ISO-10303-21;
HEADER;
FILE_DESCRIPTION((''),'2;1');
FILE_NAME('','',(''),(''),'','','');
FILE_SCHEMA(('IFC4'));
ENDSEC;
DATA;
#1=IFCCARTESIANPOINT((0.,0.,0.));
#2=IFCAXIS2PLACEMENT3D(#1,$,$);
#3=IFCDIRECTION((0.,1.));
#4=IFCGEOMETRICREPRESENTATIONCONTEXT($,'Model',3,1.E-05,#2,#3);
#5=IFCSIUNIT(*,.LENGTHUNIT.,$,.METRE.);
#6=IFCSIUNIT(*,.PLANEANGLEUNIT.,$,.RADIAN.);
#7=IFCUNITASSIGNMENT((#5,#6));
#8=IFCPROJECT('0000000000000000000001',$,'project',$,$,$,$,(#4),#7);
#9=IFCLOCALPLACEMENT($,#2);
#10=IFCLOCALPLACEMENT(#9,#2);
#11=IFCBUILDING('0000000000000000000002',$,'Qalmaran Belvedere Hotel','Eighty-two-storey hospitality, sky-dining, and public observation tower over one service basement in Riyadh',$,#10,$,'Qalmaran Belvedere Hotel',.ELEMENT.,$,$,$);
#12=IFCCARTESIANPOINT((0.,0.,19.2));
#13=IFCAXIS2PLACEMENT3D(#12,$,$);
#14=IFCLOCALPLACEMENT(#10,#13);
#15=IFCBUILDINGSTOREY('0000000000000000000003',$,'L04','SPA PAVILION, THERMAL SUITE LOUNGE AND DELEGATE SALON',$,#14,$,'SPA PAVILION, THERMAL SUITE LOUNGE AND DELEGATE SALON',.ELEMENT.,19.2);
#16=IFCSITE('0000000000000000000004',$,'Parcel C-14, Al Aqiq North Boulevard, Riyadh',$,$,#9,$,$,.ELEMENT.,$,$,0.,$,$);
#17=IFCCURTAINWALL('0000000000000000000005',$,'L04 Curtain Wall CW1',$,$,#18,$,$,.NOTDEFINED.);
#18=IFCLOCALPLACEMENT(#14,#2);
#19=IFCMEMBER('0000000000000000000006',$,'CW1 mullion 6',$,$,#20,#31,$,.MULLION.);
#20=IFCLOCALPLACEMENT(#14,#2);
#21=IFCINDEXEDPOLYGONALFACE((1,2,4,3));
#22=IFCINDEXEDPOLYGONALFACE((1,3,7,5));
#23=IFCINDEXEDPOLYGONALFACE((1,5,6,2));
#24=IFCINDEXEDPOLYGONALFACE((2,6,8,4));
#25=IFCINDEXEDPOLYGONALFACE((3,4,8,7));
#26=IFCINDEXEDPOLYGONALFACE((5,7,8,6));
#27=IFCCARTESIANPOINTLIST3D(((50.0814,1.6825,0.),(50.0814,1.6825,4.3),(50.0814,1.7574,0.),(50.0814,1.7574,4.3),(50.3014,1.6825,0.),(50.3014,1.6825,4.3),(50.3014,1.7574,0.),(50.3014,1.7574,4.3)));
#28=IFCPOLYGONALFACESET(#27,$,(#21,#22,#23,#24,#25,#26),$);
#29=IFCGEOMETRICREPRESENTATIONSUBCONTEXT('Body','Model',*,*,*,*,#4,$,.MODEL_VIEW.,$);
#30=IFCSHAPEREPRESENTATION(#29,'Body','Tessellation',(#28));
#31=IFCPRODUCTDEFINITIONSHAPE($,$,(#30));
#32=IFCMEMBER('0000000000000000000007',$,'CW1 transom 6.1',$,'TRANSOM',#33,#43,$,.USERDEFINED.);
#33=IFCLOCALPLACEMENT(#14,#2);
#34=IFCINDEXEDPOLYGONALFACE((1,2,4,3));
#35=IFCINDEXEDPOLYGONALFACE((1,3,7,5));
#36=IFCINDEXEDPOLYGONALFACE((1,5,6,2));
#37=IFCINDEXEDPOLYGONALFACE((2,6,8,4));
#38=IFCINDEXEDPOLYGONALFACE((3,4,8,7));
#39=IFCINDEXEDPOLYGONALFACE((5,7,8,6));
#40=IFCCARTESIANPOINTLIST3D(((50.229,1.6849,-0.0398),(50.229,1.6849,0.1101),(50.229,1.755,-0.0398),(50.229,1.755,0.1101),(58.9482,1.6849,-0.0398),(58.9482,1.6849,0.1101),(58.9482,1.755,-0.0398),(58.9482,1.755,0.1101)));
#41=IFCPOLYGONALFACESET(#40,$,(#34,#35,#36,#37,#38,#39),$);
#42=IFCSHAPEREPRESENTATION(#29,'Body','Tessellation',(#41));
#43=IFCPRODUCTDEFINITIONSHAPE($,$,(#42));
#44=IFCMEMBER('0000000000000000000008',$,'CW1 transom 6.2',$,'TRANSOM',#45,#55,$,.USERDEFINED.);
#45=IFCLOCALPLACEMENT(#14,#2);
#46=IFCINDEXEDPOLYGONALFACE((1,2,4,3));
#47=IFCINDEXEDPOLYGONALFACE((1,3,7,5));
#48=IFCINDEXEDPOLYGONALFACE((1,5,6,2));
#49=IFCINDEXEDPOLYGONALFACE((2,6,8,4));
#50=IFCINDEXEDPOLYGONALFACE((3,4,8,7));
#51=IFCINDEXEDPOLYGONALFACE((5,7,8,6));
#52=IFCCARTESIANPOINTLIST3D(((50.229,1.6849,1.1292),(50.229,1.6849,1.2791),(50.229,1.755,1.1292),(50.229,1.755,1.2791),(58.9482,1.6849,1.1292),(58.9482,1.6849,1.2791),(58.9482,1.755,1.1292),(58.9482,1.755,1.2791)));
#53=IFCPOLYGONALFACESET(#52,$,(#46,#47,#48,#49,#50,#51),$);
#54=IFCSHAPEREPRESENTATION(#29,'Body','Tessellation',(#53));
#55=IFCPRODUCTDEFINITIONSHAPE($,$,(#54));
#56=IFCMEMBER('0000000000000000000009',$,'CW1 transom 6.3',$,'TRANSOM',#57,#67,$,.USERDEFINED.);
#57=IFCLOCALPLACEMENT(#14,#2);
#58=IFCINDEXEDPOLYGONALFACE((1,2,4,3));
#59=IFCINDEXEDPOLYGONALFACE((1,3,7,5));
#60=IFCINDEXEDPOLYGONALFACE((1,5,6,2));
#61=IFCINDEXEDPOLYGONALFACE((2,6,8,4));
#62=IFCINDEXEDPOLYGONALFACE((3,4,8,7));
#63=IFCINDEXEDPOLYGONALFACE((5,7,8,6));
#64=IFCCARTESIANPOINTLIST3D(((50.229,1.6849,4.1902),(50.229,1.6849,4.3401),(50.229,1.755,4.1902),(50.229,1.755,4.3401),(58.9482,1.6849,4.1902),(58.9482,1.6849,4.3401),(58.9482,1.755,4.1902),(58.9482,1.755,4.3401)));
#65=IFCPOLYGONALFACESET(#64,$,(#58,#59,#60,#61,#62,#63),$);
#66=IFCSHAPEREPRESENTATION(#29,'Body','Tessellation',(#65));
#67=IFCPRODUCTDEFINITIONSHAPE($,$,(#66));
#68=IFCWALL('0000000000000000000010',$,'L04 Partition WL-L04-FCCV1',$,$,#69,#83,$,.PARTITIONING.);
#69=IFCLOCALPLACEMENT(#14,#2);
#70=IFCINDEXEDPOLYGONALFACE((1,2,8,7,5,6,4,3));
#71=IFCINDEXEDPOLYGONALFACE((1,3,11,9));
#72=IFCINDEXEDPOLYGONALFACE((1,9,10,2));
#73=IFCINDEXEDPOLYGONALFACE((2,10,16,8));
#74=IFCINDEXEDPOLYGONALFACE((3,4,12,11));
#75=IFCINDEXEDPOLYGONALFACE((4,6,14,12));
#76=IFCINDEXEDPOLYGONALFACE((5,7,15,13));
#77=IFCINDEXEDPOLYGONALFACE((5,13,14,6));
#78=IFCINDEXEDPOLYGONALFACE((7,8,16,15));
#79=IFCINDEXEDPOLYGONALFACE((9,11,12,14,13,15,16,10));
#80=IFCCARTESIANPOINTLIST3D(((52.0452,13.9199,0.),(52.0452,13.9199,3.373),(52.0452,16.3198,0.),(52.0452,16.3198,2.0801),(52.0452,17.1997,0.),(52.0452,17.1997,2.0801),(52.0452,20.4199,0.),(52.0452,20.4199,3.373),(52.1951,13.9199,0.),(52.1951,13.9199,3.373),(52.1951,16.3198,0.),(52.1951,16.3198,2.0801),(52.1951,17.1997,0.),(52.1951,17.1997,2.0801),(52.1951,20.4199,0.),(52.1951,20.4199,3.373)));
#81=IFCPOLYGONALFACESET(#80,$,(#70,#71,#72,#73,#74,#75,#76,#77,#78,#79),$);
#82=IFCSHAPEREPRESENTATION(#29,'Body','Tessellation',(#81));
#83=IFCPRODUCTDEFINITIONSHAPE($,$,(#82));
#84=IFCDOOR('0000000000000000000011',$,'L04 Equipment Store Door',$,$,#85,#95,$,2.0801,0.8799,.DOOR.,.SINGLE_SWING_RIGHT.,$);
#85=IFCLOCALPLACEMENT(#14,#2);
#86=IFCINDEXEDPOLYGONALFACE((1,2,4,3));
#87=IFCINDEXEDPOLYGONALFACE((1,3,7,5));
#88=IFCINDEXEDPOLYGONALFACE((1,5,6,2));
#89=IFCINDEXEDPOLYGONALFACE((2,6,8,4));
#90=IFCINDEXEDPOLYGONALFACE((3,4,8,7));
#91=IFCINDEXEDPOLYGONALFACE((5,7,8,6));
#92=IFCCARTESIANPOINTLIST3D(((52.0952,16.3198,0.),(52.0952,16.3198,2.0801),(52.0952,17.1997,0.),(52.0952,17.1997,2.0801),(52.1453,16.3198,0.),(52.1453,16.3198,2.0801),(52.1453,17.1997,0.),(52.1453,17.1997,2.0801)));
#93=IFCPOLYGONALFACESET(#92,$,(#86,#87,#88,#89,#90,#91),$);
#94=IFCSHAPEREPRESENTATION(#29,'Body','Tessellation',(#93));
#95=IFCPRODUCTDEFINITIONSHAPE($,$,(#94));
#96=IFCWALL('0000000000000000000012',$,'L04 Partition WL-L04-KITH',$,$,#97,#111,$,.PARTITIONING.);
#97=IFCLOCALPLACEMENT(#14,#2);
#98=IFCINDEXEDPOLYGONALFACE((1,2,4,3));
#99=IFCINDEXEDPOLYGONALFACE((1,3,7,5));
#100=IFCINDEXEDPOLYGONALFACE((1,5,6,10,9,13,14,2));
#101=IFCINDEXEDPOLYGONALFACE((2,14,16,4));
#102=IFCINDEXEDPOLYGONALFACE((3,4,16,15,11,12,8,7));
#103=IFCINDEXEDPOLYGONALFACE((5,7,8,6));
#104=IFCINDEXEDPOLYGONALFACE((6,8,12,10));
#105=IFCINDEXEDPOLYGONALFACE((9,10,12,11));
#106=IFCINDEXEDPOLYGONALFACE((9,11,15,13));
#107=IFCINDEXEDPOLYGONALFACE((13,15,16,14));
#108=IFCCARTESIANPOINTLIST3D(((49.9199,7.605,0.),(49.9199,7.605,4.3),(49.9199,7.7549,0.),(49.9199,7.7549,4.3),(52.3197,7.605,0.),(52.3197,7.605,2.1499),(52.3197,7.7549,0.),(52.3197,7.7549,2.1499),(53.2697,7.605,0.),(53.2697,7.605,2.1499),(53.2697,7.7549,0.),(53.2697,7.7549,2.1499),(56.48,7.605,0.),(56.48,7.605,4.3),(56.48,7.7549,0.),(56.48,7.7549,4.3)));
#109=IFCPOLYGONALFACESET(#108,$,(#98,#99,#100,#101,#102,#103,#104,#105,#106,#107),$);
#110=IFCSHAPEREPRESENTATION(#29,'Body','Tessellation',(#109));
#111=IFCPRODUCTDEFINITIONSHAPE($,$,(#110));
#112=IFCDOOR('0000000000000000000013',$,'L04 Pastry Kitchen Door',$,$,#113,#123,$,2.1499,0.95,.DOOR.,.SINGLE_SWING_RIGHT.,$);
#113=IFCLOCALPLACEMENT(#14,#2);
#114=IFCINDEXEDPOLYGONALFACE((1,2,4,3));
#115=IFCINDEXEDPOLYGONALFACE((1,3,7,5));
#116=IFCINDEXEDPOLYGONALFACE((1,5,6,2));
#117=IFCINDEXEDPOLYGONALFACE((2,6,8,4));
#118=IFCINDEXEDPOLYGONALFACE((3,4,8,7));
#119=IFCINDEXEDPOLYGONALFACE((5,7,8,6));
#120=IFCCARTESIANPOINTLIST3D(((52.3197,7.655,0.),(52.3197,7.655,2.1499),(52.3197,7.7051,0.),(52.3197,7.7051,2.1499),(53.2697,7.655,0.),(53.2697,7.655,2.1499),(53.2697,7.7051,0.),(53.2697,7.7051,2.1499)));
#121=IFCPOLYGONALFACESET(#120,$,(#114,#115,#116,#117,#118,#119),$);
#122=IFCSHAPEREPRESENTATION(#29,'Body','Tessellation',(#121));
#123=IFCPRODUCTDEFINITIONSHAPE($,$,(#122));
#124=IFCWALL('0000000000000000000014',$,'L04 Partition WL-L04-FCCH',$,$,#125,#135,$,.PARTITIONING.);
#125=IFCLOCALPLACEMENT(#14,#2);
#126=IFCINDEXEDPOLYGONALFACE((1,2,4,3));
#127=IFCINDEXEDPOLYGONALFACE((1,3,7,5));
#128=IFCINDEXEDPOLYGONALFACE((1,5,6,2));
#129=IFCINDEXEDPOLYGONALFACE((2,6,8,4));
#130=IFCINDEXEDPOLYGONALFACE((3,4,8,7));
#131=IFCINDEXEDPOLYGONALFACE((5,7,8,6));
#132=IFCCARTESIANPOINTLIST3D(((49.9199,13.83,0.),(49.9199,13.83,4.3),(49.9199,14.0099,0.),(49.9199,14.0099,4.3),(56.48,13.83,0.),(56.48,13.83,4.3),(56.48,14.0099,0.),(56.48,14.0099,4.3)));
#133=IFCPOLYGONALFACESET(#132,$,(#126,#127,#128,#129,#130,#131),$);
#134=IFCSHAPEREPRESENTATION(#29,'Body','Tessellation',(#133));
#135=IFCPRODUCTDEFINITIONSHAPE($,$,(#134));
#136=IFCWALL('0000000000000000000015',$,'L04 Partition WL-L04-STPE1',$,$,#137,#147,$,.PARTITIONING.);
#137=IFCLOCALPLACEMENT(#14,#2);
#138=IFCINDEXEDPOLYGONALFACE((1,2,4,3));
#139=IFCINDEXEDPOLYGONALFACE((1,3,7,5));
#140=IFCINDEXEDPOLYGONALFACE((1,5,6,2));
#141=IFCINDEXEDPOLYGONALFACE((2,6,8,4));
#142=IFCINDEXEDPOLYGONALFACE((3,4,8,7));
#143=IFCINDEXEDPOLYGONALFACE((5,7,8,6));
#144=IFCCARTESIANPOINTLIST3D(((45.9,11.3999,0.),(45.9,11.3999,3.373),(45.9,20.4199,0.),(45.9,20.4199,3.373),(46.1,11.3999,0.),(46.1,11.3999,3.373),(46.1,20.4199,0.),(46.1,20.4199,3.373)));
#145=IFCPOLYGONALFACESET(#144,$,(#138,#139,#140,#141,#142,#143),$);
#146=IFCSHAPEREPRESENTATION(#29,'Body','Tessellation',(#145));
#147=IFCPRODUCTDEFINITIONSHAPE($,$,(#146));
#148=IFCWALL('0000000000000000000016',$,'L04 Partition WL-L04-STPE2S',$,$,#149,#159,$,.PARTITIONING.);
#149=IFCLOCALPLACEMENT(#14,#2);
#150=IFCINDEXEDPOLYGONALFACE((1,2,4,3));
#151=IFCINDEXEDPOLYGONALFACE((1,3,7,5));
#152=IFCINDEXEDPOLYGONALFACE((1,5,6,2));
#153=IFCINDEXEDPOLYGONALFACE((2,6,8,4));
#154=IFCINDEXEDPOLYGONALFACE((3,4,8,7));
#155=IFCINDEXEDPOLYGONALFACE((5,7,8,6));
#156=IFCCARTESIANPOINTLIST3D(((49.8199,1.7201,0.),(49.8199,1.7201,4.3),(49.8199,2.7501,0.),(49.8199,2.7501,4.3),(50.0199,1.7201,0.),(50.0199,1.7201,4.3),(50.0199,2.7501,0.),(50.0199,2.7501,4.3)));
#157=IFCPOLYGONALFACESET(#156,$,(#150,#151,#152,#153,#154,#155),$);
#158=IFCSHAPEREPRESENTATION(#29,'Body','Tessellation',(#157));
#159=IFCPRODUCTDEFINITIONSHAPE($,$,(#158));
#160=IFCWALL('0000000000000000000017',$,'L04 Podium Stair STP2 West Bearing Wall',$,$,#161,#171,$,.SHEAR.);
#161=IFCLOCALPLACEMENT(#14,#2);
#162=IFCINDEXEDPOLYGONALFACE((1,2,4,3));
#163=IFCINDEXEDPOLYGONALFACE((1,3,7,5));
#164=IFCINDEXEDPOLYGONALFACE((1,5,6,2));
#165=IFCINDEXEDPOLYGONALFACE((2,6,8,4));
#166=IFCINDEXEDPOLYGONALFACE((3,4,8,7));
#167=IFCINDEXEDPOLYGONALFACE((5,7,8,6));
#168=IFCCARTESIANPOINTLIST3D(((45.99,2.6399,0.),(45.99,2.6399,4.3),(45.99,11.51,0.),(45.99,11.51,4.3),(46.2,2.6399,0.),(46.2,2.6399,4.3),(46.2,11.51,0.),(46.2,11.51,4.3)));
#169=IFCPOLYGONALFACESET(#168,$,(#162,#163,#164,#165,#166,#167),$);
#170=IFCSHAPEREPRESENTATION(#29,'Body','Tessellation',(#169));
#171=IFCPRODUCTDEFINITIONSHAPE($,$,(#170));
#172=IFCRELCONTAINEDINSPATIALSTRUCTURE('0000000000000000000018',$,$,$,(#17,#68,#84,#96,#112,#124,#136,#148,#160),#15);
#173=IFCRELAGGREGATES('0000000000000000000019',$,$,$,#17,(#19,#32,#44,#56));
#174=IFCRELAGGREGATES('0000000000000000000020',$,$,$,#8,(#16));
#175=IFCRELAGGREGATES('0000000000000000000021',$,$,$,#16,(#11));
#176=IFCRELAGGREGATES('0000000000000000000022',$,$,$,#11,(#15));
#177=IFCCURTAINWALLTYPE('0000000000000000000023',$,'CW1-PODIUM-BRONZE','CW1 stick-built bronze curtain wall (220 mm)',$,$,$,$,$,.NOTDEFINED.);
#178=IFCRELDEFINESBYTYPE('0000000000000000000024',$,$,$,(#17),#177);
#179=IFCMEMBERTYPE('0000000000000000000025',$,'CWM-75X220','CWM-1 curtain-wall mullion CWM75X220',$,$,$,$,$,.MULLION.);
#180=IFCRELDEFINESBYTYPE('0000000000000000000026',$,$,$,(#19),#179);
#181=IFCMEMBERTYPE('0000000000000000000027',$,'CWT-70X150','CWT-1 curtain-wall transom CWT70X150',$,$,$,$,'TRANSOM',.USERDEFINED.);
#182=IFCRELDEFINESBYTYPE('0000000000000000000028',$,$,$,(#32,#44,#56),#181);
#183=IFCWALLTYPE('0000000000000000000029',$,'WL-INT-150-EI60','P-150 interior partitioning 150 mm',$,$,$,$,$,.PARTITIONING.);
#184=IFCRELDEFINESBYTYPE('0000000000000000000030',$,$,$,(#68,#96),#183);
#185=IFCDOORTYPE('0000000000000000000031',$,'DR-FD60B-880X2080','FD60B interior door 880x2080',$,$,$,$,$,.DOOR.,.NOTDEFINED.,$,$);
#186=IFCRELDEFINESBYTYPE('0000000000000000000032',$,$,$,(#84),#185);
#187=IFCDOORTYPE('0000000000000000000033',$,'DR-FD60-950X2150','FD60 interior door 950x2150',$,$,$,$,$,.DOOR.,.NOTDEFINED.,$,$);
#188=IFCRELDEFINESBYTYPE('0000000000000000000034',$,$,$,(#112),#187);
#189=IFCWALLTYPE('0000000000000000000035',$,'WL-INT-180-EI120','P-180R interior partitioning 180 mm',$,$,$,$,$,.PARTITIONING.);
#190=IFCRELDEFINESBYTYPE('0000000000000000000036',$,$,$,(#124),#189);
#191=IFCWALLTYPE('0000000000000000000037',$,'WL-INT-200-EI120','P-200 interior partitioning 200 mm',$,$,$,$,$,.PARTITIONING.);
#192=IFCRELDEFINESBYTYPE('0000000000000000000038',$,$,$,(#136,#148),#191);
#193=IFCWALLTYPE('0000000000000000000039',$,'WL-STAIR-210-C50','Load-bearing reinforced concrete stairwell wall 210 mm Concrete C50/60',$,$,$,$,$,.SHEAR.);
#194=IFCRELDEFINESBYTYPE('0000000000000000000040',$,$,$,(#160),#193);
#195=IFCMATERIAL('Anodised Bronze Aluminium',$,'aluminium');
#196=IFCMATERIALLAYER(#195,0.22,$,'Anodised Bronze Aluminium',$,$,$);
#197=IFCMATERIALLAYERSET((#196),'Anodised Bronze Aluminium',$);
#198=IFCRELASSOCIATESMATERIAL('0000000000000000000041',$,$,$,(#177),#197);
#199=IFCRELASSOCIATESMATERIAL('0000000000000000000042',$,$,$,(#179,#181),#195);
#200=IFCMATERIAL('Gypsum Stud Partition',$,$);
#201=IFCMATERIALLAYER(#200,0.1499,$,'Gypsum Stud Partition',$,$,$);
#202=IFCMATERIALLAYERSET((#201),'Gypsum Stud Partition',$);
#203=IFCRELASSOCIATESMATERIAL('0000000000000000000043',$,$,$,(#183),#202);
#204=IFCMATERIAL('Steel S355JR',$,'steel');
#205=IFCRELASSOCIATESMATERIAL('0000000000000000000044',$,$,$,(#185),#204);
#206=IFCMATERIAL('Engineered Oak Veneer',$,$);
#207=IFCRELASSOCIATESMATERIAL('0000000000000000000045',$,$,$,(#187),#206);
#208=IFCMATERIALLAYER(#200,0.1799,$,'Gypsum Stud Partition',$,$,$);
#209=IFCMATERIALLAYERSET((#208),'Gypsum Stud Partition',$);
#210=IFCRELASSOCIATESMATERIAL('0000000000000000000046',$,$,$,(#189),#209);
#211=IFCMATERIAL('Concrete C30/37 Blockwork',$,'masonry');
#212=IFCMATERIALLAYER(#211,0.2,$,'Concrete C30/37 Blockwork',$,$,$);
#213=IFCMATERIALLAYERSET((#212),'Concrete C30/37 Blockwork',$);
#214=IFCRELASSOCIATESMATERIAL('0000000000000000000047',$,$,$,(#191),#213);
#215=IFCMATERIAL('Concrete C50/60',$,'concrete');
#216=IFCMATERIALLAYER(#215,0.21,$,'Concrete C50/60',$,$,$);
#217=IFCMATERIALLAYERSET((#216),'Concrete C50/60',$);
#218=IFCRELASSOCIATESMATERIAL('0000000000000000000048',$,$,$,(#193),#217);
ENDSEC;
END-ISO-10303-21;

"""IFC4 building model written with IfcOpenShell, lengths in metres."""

from ifc_helpers import new_model, si_unit, direction, frame, frame_2d, origin, origin_2d, place, context, subcontext, project, spatial, rectangle, extrude, material, layer, layer_set, material_profile, profile_set, type_object, element, fill, aggregate, save


model = new_model("IFC4")

# Units and contexts
model_context = context("Model", 3, precision=1e-05, world=origin(), true_north=direction((0.0, 1.0)))
body_context = subcontext(model_context, "Body", "Model", "MODEL_VIEW")
ifc_project = project(units=[si_unit("LENGTHUNIT", "METRE"), si_unit("PLANEANGLEUNIT", "RADIAN")], contexts=[model_context])

# Site, building, storey
site_placement = place(None, origin())
site = spatial("IfcSite", under=ifc_project, at=site_placement, Name="Parcel C-14, Al Aqiq North Boulevard, Riyadh", CompositionType="ELEMENT", RefElevation=0.0)
building_placement = place(site_placement, origin())
building = spatial("IfcBuilding", under=site, at=building_placement, Name="Qalmaran Belvedere Hotel", Description="Eighty-two-storey hospitality, sky-dining, and public observation tower over one service basement in Riyadh", LongName="Qalmaran Belvedere Hotel", CompositionType="ELEMENT")
storey_placement = place(building_placement, frame((0.0, 0.0, 19.2)))
storey = spatial("IfcBuildingStorey", under=building, at=storey_placement, Name="L04", Description="SPA PAVILION, THERMAL SUITE LOUNGE AND DELEGATE SALON", LongName="SPA PAVILION, THERMAL SUITE LOUNGE AND DELEGATE SALON", CompositionType="ELEMENT", Elevation=19.2)

# Curtain wall, members
ifc_material_1 = material(Name="Anodised Bronze Aluminium", Category="aluminium")
ifc_layer_1 = layer(ifc_material_1, 0.22, Name="Anodised Bronze Aluminium")
ifc_layer_set_1 = layer_set([ifc_layer_1], Name="Anodised Bronze Aluminium")
curtain_wall_type = type_object("IfcCurtainWallType", Name="CW1-PODIUM-BRONZE", Description="CW1 stick-built bronze curtain wall (220 mm)", PredefinedType="NOTDEFINED", material=ifc_layer_set_1)
curtain_wall_placement = place(storey_placement, origin())
curtain_wall = element("IfcCurtainWall", 1, at=curtain_wall_placement, inside=storey, type_object=curtain_wall_type, Name="L04 Curtain Wall CW1", PredefinedType="NOTDEFINED")
ifc_material_profile_1 = material_profile(ifc_material_1, rectangle(XDim=0.075, YDim=0.22, at=origin_2d()), Name="CWM75X220")
ifc_profile_set_1 = profile_set([ifc_material_profile_1], Name="Anodised Bronze Aluminium")
member_type_1 = type_object("IfcMemberType", Name="CWM-75X220", Description="CWM-1 curtain-wall mullion CWM75X220", PredefinedType="MULLION", material=ifc_profile_set_1)
member_1_placement = place(storey_placement, frame((50.1914, 1.72, 0.0), z_axis=(0.0, 0.0, 1.0), x_axis=(0.0, 1.0, 0.0)))
member_1 = element("IfcMember", 2, at=member_1_placement, type_object=member_type_1, Name="CW1 mullion 6", PredefinedType="MULLION", context=body_context, shape_type="SweptSolid", body=[
    extrude(rectangle(XDim=0.075, YDim=0.22, at=origin_2d()), origin(), (0.0, 0.0, 1.0), 4.3),
])
ifc_material_profile_2 = material_profile(ifc_material_1, rectangle(XDim=0.0701, YDim=0.1499, at=origin_2d()), Name="CWT70X150")
ifc_profile_set_2 = profile_set([ifc_material_profile_2], Name="Anodised Bronze Aluminium")
member_type_2 = type_object("IfcMemberType", Name="CWT-70X150", Description="CWT-1 curtain-wall transom CWT70X150", ElementType="TRANSOM", PredefinedType="USERDEFINED", material=ifc_profile_set_2)
member_2_placement = place(storey_placement, frame((50.229, 1.72, 0.0352), z_axis=(1.0, 0.0, 0.0), x_axis=(0.0, 1.0, 0.0)))
member_2 = element("IfcMember", 3, at=member_2_placement, type_object=member_type_2, Name="CW1 transom 6.1", ObjectType="TRANSOM", PredefinedType="USERDEFINED", context=body_context, shape_type="SweptSolid", body=[
    extrude(rectangle(XDim=0.0701, YDim=0.1499, at=origin_2d()), origin(), (0.0, 0.0, 1.0), 8.7192),
])
member_3_placement = place(storey_placement, frame((50.229, 1.72, 1.2041), z_axis=(1.0, 0.0, 0.0), x_axis=(0.0, 1.0, 0.0)))
member_3 = element("IfcMember", 4, at=member_3_placement, type_object=member_type_2, Name="CW1 transom 6.2", ObjectType="TRANSOM", PredefinedType="USERDEFINED", context=body_context, shape_type="SweptSolid", body=[
    extrude(rectangle(XDim=0.0701, YDim=0.1499, at=origin_2d()), origin(), (0.0, 0.0, 1.0), 8.7192),
])
member_4_placement = place(storey_placement, frame((50.229, 1.72, 4.2651), z_axis=(1.0, 0.0, 0.0), x_axis=(0.0, 1.0, 0.0)))
member_4 = element("IfcMember", 5, at=member_4_placement, type_object=member_type_2, Name="CW1 transom 6.3", ObjectType="TRANSOM", PredefinedType="USERDEFINED", context=body_context, shape_type="SweptSolid", body=[
    extrude(rectangle(XDim=0.0701, YDim=0.1499, at=origin_2d()), origin(), (0.0, 0.0, 1.0), 8.7192),
])
aggregate(curtain_wall, [member_1, member_2, member_3, member_4])

# Walls, openings, doors
ifc_material_2 = material(Name="Gypsum Stud Partition")
ifc_layer_2 = layer(ifc_material_2, 0.1499, Name="Gypsum Stud Partition")
ifc_layer_set_2 = layer_set([ifc_layer_2], Name="Gypsum Stud Partition")
wall_type_1 = type_object("IfcWallType", Name="WL-INT-150-EI60", Description="P-150 interior partitioning 150 mm", PredefinedType="PARTITIONING", material=ifc_layer_set_2)
wall_1_placement = place(storey_placement, frame((52.1201, 13.9199, 0.0), z_axis=(0.0, 0.0, 1.0), x_axis=(0.0, 1.0, 0.0)))
wall_1 = element("IfcWall", 6, at=wall_1_placement, inside=storey, type_object=wall_type_1, Name="L04 Partition WL-L04-FCCV1", PredefinedType="PARTITIONING", context=body_context, shape_type="SweptSolid", body=[
    extrude(rectangle(XDim=6.5, YDim=0.1499, at=frame_2d((3.25, 0.0))), origin(), (0.0, 0.0, 1.0), 3.373),
])
opening_1_placement = place(wall_1_placement, frame((2.3999, 0.0, 0.0)))
opening_1 = element("IfcOpeningElement", 7, at=opening_1_placement, cuts=wall_1, PredefinedType="OPENING", context=body_context, shape_type="SweptSolid", body=[
    extrude(rectangle(XDim=0.8799, YDim=2.0801, at=frame_2d((0.4399, 1.04))), frame((0.0, 0.085, 0.0), z_axis=(0.0, -1.0, 0.0), x_axis=(1.0, 0.0, 0.0)), (0.0, 0.0, 1.0), 0.1699),
])
ifc_material_3 = material(Name="Steel S355JR", Category="steel")
door_type_1 = type_object("IfcDoorType", Name="DR-FD60B-880X2080", Description="FD60B interior door 880x2080", OperationType="NOTDEFINED", PredefinedType="DOOR", material=ifc_material_3)
door_1_placement = place(opening_1_placement, origin())
door_1 = element("IfcDoor", 8, at=door_1_placement, inside=storey, type_object=door_type_1, Name="L04 Equipment Store Door", OperationType="SINGLE_SWING_RIGHT", OverallHeight=2.0801, OverallWidth=0.8799, PredefinedType="DOOR", context=body_context, shape_type="SweptSolid", body=[
    extrude(rectangle(XDim=0.8799, YDim=2.0801, at=frame_2d((0.4399, 1.04))), frame((0.0, 0.0249, 0.0), z_axis=(0.0, -1.0, 0.0), x_axis=(1.0, 0.0, 0.0)), (0.0, 0.0, 1.0), 0.05),
])
fill(opening_1, door_1)
wall_2_placement = place(storey_placement, frame((49.9199, 7.6799, 0.0), z_axis=(0.0, 0.0, 1.0), x_axis=(1.0, 0.0, 0.0)))
wall_2 = element("IfcWall", 9, at=wall_2_placement, inside=storey, type_object=wall_type_1, Name="L04 Partition WL-L04-KITH", PredefinedType="PARTITIONING", context=body_context, shape_type="SweptSolid", body=[
    extrude(rectangle(XDim=6.5601, YDim=0.1499, at=frame_2d((3.28, 0.0))), origin(), (0.0, 0.0, 1.0), 4.3),
])
opening_2_placement = place(wall_2_placement, frame((3.3499, 0.0, 0.0), z_axis=(0.0, 0.0, 1.0), x_axis=(-1.0, 0.0, 0.0)))
opening_2 = element("IfcOpeningElement", 10, at=opening_2_placement, cuts=wall_2, PredefinedType="OPENING", context=body_context, shape_type="SweptSolid", body=[
    extrude(rectangle(XDim=0.95, YDim=2.1499, at=frame_2d((0.4751, 1.075))), frame((0.0, 0.085, 0.0), z_axis=(0.0, -1.0, 0.0), x_axis=(1.0, 0.0, 0.0)), (0.0, 0.0, 1.0), 0.1699),
])
ifc_material_4 = material(Name="Engineered Oak Veneer")
door_type_2 = type_object("IfcDoorType", Name="DR-FD60-950X2150", Description="FD60 interior door 950x2150", OperationType="NOTDEFINED", PredefinedType="DOOR", material=ifc_material_4)
door_2_placement = place(opening_2_placement, origin())
door_2 = element("IfcDoor", 11, at=door_2_placement, inside=storey, type_object=door_type_2, Name="L04 Pastry Kitchen Door", OperationType="SINGLE_SWING_RIGHT", OverallHeight=2.1499, OverallWidth=0.95, PredefinedType="DOOR", context=body_context, shape_type="SweptSolid", body=[
    extrude(rectangle(XDim=0.95, YDim=2.1499, at=frame_2d((0.4751, 1.075))), frame((0.0, 0.0249, 0.0), z_axis=(0.0, -1.0, 0.0), x_axis=(1.0, 0.0, 0.0)), (0.0, 0.0, 1.0), 0.05),
])
fill(opening_2, door_2)

# Walls
ifc_layer_3 = layer(ifc_material_2, 0.1799, Name="Gypsum Stud Partition")
ifc_layer_set_3 = layer_set([ifc_layer_3], Name="Gypsum Stud Partition")
wall_type_2 = type_object("IfcWallType", Name="WL-INT-180-EI120", Description="P-180R interior partitioning 180 mm", PredefinedType="PARTITIONING", material=ifc_layer_set_3)
wall_3_placement = place(storey_placement, frame((49.9199, 13.9199, 0.0), z_axis=(0.0, 0.0, 1.0), x_axis=(1.0, 0.0, 0.0)))
element("IfcWall", 12, at=wall_3_placement, inside=storey, type_object=wall_type_2, Name="L04 Partition WL-L04-FCCH", PredefinedType="PARTITIONING", context=body_context, shape_type="SweptSolid", body=[
    extrude(rectangle(XDim=6.5601, YDim=0.1799, at=frame_2d((3.28, 0.0))), origin(), (0.0, 0.0, 1.0), 4.3),
])
ifc_material_5 = material(Name="Concrete C30/37 Blockwork", Category="masonry")
ifc_layer_4 = layer(ifc_material_5, 0.2, Name="Concrete C30/37 Blockwork")
ifc_layer_set_4 = layer_set([ifc_layer_4], Name="Concrete C30/37 Blockwork")
wall_type_3 = type_object("IfcWallType", Name="WL-INT-200-EI120", Description="P-200 interior partitioning 200 mm", PredefinedType="PARTITIONING", material=ifc_layer_set_4)
wall_4_placement = place(storey_placement, frame((46.0, 11.3999, 0.0), z_axis=(0.0, 0.0, 1.0), x_axis=(0.0, 1.0, 0.0)))
element("IfcWall", 13, at=wall_4_placement, inside=storey, type_object=wall_type_3, Name="L04 Partition WL-L04-STPE1", PredefinedType="PARTITIONING", context=body_context, shape_type="SweptSolid", body=[
    extrude(rectangle(XDim=9.02, YDim=0.2, at=frame_2d((4.51, 0.0))), origin(), (0.0, 0.0, 1.0), 3.373),
])

# Walls
wall_5_placement = place(storey_placement, frame((49.9199, 1.72, 0.0), z_axis=(0.0, 0.0, 1.0), x_axis=(0.0, 1.0, 0.0)))
element("IfcWall", 14, at=wall_5_placement, inside=storey, type_object=wall_type_3, Name="L04 Partition WL-L04-STPE2S", PredefinedType="PARTITIONING", context=body_context, shape_type="SweptSolid", body=[
    extrude(rectangle(XDim=1.03, YDim=0.2, at=frame_2d((0.5151, 0.0))), origin(), (0.0, 0.0, 1.0), 4.3),
])
ifc_material_6 = material(Name="Concrete C50/60", Category="concrete")
ifc_layer_5 = layer(ifc_material_6, 0.21, Name="Concrete C50/60")
ifc_layer_set_5 = layer_set([ifc_layer_5], Name="Concrete C50/60")
wall_type_4 = type_object("IfcWallType", Name="WL-STAIR-210-C50", Description="Load-bearing reinforced concrete stairwell wall 210 mm Concrete C50/60", PredefinedType="SHEAR", material=ifc_layer_set_5)
for number, where, z_axis, x_axis, name in (
    (15, (46.095, 2.6399, 0.0), (0.0, 0.0, 1.0), (0.0, 1.0, 0.0), "L04 Podium Stair STP2 West Bearing Wall"),
):
    element("IfcWall", number, at=place(storey_placement, frame(where, z_axis=z_axis, x_axis=x_axis)), inside=storey, type_object=wall_type_4, Name=name, PredefinedType="SHEAR", context=body_context, shape_type="SweptSolid", body=[
        extrude(rectangle(XDim=8.8701, YDim=0.21, at=frame_2d((4.4351, 0.0))), origin(), (0.0, 0.0, 1.0), 4.3),
    ])

save(model, "model.ifc")
